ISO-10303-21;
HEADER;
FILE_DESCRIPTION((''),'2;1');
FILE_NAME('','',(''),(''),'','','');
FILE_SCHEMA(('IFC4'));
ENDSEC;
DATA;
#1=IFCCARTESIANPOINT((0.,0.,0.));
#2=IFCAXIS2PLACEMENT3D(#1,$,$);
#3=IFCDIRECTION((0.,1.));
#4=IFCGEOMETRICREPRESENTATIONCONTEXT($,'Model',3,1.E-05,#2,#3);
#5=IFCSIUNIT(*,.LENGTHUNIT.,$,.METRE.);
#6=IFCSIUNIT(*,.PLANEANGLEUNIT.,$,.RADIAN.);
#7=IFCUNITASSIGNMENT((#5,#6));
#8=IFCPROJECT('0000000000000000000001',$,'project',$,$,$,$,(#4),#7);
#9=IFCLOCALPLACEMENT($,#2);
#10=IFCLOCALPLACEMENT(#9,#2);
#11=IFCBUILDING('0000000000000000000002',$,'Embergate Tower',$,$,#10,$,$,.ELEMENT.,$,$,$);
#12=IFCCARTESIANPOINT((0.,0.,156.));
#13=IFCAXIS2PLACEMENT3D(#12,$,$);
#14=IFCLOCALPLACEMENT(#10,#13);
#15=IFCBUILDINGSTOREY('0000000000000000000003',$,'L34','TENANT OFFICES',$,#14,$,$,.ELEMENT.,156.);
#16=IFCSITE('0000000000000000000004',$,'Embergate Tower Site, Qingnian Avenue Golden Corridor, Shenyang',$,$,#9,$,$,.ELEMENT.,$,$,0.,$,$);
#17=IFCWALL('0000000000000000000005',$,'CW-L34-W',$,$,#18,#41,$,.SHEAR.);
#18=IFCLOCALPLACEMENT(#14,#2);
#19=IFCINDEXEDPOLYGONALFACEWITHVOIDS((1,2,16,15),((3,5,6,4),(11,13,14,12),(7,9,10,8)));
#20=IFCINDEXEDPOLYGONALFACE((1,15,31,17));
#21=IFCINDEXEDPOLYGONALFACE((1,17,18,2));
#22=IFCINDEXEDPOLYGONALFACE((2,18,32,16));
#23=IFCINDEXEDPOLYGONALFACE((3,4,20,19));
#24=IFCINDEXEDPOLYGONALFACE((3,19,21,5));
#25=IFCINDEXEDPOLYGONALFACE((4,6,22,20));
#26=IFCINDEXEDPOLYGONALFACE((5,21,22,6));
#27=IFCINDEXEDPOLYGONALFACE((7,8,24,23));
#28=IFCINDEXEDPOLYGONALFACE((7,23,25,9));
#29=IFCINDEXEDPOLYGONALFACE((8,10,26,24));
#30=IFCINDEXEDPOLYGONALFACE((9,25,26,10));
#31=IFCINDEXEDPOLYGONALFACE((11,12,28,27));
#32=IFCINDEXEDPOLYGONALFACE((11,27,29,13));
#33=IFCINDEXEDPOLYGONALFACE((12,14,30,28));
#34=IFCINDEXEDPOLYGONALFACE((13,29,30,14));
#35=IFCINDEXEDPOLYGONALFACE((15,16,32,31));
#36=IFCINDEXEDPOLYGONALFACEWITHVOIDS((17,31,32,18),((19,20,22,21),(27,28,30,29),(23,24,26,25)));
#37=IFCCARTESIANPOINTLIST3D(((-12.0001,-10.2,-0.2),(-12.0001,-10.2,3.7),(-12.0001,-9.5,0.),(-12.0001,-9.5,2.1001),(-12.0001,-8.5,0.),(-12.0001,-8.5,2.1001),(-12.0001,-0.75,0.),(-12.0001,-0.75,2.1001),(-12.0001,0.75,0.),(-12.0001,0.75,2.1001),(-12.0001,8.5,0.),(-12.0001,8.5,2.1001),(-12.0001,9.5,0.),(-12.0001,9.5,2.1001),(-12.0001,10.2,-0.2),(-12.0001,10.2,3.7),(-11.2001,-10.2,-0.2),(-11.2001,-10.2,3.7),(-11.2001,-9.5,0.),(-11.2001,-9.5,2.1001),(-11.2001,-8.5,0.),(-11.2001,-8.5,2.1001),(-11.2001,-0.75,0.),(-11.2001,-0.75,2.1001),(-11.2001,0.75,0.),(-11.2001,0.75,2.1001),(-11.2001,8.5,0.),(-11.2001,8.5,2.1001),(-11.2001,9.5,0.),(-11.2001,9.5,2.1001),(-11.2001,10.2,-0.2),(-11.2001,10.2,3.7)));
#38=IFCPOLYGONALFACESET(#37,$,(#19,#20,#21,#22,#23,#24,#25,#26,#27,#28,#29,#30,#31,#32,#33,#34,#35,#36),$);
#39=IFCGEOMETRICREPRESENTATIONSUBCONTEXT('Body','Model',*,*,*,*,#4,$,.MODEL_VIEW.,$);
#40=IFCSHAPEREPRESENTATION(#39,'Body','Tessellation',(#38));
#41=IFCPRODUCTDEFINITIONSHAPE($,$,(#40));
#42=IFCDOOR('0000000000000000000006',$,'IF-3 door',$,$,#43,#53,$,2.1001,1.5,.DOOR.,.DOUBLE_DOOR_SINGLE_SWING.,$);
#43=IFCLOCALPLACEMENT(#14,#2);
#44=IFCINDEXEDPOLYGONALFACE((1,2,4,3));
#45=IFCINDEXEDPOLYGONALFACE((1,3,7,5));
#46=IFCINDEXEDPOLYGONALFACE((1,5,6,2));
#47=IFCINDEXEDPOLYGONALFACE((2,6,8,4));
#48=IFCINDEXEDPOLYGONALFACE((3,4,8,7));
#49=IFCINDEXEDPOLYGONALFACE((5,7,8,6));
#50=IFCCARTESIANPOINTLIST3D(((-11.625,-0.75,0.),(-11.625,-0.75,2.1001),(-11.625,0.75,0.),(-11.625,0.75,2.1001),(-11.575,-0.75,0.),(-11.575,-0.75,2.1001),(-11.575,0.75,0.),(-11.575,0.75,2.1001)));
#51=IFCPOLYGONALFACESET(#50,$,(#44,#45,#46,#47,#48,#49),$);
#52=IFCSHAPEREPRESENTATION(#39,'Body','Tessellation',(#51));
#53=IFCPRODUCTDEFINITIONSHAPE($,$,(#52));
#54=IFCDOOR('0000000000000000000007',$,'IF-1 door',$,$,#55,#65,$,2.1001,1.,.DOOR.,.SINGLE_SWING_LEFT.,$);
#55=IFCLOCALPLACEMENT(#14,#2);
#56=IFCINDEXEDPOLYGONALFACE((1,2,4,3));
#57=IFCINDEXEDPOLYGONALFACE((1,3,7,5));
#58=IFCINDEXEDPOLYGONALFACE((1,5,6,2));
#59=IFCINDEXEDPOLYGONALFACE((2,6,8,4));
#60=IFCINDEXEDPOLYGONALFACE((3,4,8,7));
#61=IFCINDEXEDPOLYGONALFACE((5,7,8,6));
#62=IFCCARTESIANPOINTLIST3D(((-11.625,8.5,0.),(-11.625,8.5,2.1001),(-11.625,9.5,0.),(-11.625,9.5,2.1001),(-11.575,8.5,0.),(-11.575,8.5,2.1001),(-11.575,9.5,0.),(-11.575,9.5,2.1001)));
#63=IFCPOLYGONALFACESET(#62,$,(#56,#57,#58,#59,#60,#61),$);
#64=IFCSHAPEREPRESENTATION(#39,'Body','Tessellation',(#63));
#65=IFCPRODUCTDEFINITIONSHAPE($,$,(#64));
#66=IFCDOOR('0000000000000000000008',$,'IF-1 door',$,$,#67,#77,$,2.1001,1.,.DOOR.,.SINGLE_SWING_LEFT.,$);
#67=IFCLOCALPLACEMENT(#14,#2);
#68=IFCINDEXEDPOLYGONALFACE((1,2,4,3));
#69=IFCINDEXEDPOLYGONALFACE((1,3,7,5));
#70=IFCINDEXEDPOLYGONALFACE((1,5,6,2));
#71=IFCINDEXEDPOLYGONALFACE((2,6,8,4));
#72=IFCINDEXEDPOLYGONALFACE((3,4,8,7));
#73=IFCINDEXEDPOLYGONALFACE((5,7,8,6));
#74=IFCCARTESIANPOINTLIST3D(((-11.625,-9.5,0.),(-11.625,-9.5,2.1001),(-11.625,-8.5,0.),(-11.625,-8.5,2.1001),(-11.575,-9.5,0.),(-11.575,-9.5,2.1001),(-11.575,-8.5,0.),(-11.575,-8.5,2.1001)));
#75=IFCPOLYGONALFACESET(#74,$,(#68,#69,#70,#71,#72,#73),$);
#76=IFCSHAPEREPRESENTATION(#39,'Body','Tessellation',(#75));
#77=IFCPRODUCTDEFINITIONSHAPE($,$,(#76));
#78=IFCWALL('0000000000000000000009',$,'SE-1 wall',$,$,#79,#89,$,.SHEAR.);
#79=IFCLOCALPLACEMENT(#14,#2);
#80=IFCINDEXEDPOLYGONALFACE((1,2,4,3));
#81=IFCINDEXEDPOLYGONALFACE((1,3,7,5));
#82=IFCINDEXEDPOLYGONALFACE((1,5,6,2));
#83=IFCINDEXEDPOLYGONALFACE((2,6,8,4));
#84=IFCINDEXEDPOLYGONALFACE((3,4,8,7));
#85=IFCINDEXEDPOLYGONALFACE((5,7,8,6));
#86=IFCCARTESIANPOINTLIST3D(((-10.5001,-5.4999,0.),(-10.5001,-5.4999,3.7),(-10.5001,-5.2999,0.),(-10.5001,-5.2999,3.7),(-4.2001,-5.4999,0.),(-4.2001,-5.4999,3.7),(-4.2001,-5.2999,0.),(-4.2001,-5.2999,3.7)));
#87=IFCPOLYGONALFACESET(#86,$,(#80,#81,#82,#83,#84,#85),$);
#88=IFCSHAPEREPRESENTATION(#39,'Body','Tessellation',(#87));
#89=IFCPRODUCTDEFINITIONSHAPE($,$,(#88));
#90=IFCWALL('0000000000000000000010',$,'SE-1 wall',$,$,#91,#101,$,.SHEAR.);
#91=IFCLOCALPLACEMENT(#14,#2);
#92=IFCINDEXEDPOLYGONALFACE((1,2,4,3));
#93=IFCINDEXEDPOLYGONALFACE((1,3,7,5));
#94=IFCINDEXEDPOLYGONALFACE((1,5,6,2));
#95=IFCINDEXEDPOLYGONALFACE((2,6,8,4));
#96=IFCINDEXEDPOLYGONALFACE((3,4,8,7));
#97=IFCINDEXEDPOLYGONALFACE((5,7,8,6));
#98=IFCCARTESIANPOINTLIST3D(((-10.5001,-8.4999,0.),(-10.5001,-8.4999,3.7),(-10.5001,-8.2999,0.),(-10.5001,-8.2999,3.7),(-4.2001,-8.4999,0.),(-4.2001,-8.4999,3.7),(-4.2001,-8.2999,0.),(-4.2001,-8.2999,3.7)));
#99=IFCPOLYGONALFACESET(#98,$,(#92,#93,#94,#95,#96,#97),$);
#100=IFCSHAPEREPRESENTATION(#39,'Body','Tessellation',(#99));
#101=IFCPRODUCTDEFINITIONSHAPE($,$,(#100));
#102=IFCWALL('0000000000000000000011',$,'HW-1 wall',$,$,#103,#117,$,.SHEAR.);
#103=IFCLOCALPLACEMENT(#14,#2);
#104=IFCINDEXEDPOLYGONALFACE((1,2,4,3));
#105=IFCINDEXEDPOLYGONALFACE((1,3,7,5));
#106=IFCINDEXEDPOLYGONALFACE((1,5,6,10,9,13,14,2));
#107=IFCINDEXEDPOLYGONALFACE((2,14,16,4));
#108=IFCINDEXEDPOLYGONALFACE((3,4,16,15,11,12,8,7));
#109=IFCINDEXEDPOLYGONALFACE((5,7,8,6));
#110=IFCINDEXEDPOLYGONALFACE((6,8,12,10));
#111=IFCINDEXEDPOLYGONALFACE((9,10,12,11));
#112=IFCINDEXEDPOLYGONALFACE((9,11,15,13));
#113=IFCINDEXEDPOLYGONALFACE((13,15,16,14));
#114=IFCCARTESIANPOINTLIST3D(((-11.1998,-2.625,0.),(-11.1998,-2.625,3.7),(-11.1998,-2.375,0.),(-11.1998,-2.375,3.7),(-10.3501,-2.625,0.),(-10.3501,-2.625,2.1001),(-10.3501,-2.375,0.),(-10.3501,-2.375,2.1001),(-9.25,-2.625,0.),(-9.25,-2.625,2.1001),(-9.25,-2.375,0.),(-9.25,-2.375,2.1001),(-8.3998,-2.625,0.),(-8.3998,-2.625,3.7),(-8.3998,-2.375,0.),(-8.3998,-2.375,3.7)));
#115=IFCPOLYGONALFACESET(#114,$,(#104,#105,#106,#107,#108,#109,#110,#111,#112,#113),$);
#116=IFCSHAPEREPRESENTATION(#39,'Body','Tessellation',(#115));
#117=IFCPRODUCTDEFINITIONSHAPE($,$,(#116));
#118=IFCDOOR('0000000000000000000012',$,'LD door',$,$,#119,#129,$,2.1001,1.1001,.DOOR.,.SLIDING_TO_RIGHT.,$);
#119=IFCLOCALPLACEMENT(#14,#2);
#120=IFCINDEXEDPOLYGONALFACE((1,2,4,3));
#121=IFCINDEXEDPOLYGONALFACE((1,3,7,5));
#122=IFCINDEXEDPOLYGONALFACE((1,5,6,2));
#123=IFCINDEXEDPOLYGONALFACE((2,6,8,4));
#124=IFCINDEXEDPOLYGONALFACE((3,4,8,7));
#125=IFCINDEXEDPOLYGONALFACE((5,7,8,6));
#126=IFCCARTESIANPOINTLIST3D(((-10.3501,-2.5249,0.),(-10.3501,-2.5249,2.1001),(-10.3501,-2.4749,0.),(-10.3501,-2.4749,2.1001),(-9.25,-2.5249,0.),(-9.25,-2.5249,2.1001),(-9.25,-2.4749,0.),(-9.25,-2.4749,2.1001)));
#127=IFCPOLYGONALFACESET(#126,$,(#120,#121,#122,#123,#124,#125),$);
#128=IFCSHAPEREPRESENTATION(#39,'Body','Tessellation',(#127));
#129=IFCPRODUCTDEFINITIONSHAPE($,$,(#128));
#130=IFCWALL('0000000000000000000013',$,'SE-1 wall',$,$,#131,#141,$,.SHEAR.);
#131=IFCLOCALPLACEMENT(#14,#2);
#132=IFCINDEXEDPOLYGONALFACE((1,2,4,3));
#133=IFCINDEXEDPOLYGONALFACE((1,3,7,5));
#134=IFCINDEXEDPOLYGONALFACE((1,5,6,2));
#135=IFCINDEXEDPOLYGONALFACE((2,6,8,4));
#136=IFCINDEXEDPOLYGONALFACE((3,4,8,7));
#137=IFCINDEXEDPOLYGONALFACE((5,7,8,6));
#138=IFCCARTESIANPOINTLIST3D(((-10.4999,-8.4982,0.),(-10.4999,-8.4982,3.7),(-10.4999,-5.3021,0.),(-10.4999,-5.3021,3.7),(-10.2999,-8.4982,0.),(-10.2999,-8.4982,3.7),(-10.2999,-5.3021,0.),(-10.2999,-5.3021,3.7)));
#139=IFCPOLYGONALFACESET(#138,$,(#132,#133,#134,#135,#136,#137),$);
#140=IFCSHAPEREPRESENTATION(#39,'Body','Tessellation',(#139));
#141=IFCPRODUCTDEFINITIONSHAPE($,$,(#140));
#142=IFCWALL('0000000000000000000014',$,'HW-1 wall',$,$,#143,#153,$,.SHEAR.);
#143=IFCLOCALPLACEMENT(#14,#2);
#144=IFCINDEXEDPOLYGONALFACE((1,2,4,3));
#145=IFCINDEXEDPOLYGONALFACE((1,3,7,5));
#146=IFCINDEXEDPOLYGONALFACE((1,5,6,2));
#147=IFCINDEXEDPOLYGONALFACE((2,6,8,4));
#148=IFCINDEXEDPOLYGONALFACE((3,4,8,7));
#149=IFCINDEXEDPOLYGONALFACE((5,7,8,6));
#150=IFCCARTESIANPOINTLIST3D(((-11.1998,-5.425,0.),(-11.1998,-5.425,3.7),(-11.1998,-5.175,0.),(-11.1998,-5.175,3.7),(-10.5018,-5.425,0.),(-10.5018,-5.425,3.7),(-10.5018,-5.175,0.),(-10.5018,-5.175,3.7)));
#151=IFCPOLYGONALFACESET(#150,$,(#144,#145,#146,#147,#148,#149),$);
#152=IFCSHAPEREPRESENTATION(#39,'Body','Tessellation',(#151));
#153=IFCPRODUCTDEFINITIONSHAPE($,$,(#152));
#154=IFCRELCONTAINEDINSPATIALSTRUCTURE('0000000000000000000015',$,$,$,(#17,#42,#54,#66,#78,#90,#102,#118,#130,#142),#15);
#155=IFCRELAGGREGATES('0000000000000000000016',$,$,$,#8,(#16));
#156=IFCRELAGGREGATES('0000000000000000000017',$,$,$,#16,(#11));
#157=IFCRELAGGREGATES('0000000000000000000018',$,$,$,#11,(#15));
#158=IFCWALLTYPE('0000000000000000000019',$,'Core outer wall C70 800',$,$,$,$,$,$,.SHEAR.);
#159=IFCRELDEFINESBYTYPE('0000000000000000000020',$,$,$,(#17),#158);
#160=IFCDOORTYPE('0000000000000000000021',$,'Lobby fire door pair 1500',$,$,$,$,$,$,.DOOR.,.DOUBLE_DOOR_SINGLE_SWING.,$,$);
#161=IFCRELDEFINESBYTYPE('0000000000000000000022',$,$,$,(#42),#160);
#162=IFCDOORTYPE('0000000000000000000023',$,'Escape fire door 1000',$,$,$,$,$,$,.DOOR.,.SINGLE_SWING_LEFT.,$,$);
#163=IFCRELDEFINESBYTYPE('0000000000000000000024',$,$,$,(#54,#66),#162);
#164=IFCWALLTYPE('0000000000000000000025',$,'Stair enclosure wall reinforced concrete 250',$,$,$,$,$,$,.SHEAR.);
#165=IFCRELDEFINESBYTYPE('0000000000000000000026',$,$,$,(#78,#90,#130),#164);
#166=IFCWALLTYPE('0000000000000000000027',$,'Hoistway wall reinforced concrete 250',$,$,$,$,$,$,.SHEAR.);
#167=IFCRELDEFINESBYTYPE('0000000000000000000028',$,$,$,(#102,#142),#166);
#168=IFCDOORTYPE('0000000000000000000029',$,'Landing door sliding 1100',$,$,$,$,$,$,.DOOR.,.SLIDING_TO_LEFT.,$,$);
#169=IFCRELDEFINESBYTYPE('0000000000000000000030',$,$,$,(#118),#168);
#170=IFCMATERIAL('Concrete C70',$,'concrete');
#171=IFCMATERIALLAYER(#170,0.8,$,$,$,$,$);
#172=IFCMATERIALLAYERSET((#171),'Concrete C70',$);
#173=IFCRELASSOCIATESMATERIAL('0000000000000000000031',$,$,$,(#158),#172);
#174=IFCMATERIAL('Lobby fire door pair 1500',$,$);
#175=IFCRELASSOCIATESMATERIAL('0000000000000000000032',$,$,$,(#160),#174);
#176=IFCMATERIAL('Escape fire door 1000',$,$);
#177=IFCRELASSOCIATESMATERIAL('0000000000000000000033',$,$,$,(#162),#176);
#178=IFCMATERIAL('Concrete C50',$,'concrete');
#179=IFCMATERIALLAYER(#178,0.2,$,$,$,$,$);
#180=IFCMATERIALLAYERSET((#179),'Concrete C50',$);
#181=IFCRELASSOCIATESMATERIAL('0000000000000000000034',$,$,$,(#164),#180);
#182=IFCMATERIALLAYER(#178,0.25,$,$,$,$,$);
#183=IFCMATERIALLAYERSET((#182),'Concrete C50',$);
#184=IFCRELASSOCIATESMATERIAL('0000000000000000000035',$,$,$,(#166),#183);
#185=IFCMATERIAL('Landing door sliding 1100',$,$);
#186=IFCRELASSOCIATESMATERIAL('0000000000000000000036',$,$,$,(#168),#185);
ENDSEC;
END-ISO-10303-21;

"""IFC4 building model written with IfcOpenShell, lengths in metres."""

from ifc_helpers import new_model, si_unit, direction, frame, frame_2d, origin, place, context, subcontext, project, spatial, rectangle, extrude, source, transform, mapped, material, layer, layer_set, type_object, element, fill, save


model = new_model("IFC4")

# Units and contexts
model_context = context("Model", 3, precision=1e-05, world=origin(), true_north=direction((0.0, 1.0)))
body_context = subcontext(model_context, "Body", "Model", "MODEL_VIEW")
ifc_project = project(units=[si_unit("LENGTHUNIT", "METRE"), si_unit("PLANEANGLEUNIT", "RADIAN")], contexts=[model_context])

# Site, building, storey
site_placement = place(None, origin())
site = spatial("IfcSite", under=ifc_project, at=site_placement, Name="Embergate Tower Site, Qingnian Avenue Golden Corridor, Shenyang", CompositionType="ELEMENT", RefElevation=0.0)
building_placement = place(site_placement, origin())
building = spatial("IfcBuilding", under=site, at=building_placement, Name="Embergate Tower", CompositionType="ELEMENT")
storey_placement = place(building_placement, frame((0.0, 0.0, 156.0)))
storey = spatial("IfcBuildingStorey", under=building, at=storey_placement, Name="L34", Description="TENANT OFFICES", CompositionType="ELEMENT", Elevation=156.0)

# Wall, openings, doors
ifc_material_1 = material(Name="Concrete C70", Category="concrete")
ifc_layer_1 = layer(ifc_material_1, 0.8)
ifc_layer_set_1 = layer_set([ifc_layer_1], Name="Concrete C70")
wall_type_1 = type_object("IfcWallType", Name="Core outer wall C70 800", PredefinedType="SHEAR", material=ifc_layer_set_1)
shared_shape_1 = source(origin(), body_context, "Body", "SweptSolid", [
    extrude(rectangle(XDim=20.3999, YDim=0.8, at=frame_2d((10.2, 0.0))), origin(), (0.0, 0.0, 1.0), 3.8999),
])
wall_1_placement = place(storey_placement, frame((-11.6001, -10.2, -0.2), z_axis=(0.0, 0.0, 1.0), x_axis=(0.0, 1.0, 0.0)))
wall_1 = element("IfcWall", 1, at=wall_1_placement, inside=storey, type_object=wall_type_1, Name="CW-L34-W", PredefinedType="SHEAR", context=body_context, shape_type="MappedRepresentation", body=[
    mapped(shared_shape_1, transform((0.0, 0.0, 0.0))),
])
shared_shape_2 = source(origin(), body_context, "Body", "SweptSolid", [
    extrude(rectangle(XDim=1.0, YDim=2.1001, at=frame_2d((0.5, 1.05))), frame((0.0, 0.4099, 0.0), z_axis=(0.0, -1.0, 0.0), x_axis=(1.0, 0.0, 0.0)), (0.0, 0.0, 1.0), 0.8201),
])
opening_1_placement = place(wall_1_placement, frame((18.7, 0.0, 0.2)))
opening_1 = element("IfcOpeningElement", 2, at=opening_1_placement, cuts=wall_1, PredefinedType="OPENING", context=body_context, shape_type="MappedRepresentation", body=[
    mapped(shared_shape_2, transform((0.0, 0.0, 0.0))),
])
opening_2_placement = place(wall_1_placement, frame((0.7, 0.0, 0.2)))
opening_2 = element("IfcOpeningElement", 3, at=opening_2_placement, cuts=wall_1, PredefinedType="OPENING", context=body_context, shape_type="MappedRepresentation", body=[
    mapped(shared_shape_2, transform((0.0, 0.0, 0.0))),
])
shared_shape_3 = source(origin(), body_context, "Body", "SweptSolid", [
    extrude(rectangle(XDim=1.5, YDim=2.1001, at=frame_2d((0.75, 1.05))), frame((0.0, 0.4099, 0.0), z_axis=(0.0, -1.0, 0.0), x_axis=(1.0, 0.0, 0.0)), (0.0, 0.0, 1.0), 0.8201),
])
opening_3_placement = place(wall_1_placement, frame((9.45, 0.0, 0.2)))
opening_3 = element("IfcOpeningElement", 4, at=opening_3_placement, cuts=wall_1, PredefinedType="OPENING", context=body_context, shape_type="MappedRepresentation", body=[
    mapped(shared_shape_3, transform((0.0, 0.0, 0.0))),
])
ifc_material_2 = material(Name="Lobby fire door pair 1500")
door_type_1 = type_object("IfcDoorType", Name="Lobby fire door pair 1500", OperationType="DOUBLE_DOOR_SINGLE_SWING", PredefinedType="DOOR", material=ifc_material_2)
shared_shape_4 = source(origin(), body_context, "Body", "SweptSolid", [
    extrude(rectangle(XDim=1.5, YDim=2.1001, at=frame_2d((0.75, 1.05))), frame((0.0, 0.0249, 0.0), z_axis=(0.0, -1.0, 0.0), x_axis=(1.0, 0.0, 0.0)), (0.0, 0.0, 1.0), 0.05),
])
door_1_placement = place(opening_3_placement, origin())
door_1 = element("IfcDoor", 5, at=door_1_placement, inside=storey, type_object=door_type_1, Name="IF-3 door", OperationType="DOUBLE_DOOR_SINGLE_SWING", OverallHeight=2.1001, OverallWidth=1.5, PredefinedType="DOOR", context=body_context, shape_type="MappedRepresentation", body=[
    mapped(shared_shape_4, transform((0.0, 0.0, 0.0))),
])
fill(opening_3, door_1)
ifc_material_3 = material(Name="Escape fire door 1000")
door_type_2 = type_object("IfcDoorType", Name="Escape fire door 1000", OperationType="SINGLE_SWING_LEFT", PredefinedType="DOOR", material=ifc_material_3)
shared_shape_5 = source(origin(), body_context, "Body", "SweptSolid", [
    extrude(rectangle(XDim=1.0, YDim=2.1001, at=frame_2d((0.5, 1.05))), frame((0.0, 0.0249, 0.0), z_axis=(0.0, -1.0, 0.0), x_axis=(1.0, 0.0, 0.0)), (0.0, 0.0, 1.0), 0.05),
])
door_2_placement = place(opening_1_placement, origin())
door_2 = element("IfcDoor", 6, at=door_2_placement, inside=storey, type_object=door_type_2, Name="IF-1 door", OperationType="SINGLE_SWING_LEFT", OverallHeight=2.1001, OverallWidth=1.0, PredefinedType="DOOR", context=body_context, shape_type="MappedRepresentation", body=[
    mapped(shared_shape_5, transform((0.0, 0.0, 0.0))),
])
fill(opening_1, door_2)
door_3_placement = place(opening_2_placement, origin())
door_3 = element("IfcDoor", 7, at=door_3_placement, inside=storey, type_object=door_type_2, Name="IF-1 door", OperationType="SINGLE_SWING_LEFT", OverallHeight=2.1001, OverallWidth=1.0, PredefinedType="DOOR", context=body_context, shape_type="MappedRepresentation", body=[
    mapped(shared_shape_5, transform((0.0, 0.0, 0.0))),
])
fill(opening_2, door_3)

# Walls
ifc_material_4 = material(Name="Concrete C50", Category="concrete")
ifc_layer_2 = layer(ifc_material_4, 0.2)
ifc_layer_set_2 = layer_set([ifc_layer_2], Name="Concrete C50")
wall_type_2 = type_object("IfcWallType", Name="Stair enclosure wall reinforced concrete 250", PredefinedType="SHEAR", material=ifc_layer_set_2)
shared_shape_6 = source(origin(), body_context, "Body", "SweptSolid", [
    extrude(rectangle(XDim=6.3, YDim=0.2, at=frame_2d((3.1499, 0.0))), origin(), (0.0, 0.0, 1.0), 3.7),
])
for number, where, z_axis, x_axis, name in (
    (8, (-10.5, -5.3999, 0.0), (0.0, 0.0, 1.0), (1.0, 0.0, 0.0), "SE-1 wall"),
    (9, (-10.5, -8.3999, 0.0), (0.0, 0.0, 1.0), (1.0, 0.0, 0.0), "SE-1 wall"),
):
    element("IfcWall", number, at=place(storey_placement, frame(where, z_axis=z_axis, x_axis=x_axis)), inside=storey, type_object=wall_type_2, Name=name, PredefinedType="SHEAR", context=body_context, shape_type="MappedRepresentation", body=[
        mapped(shared_shape_6, transform((0.0, 0.0, 0.0))),
    ])

# Wall, opening, door
ifc_layer_3 = layer(ifc_material_4, 0.25)
ifc_layer_set_3 = layer_set([ifc_layer_3], Name="Concrete C50")
wall_type_3 = type_object("IfcWallType", Name="Hoistway wall reinforced concrete 250", PredefinedType="SHEAR", material=ifc_layer_set_3)
shared_shape_7 = source(origin(), body_context, "Body", "SweptSolid", [
    extrude(rectangle(XDim=2.8, YDim=0.25, at=frame_2d((1.3999, 0.0))), origin(), (0.0, 0.0, 1.0), 3.7),
])
wall_2_placement = place(storey_placement, frame((-8.3999, -2.5, 0.0), z_axis=(0.0, 0.0, 1.0), x_axis=(-1.0, 0.0, 0.0)))
wall_2 = element("IfcWall", 10, at=wall_2_placement, inside=storey, type_object=wall_type_3, Name="HW-1 wall", PredefinedType="SHEAR", context=body_context, shape_type="MappedRepresentation", body=[
    mapped(shared_shape_7, transform((0.0, 0.0, 0.0))),
])
shared_shape_8 = source(origin(), body_context, "Body", "SweptSolid", [
    extrude(rectangle(XDim=1.1001, YDim=2.1001, at=frame_2d((0.55, 1.05))), frame((0.0, 0.135, 0.0), z_axis=(0.0, -1.0, 0.0), x_axis=(1.0, 0.0, 0.0)), (0.0, 0.0, 1.0), 0.27),
])
opening_4_placement = place(wall_2_placement, frame((0.8501, 0.0, 0.0)))
opening_4 = element("IfcOpeningElement", 11, at=opening_4_placement, cuts=wall_2, PredefinedType="OPENING", context=body_context, shape_type="MappedRepresentation", body=[
    mapped(shared_shape_8, transform((0.0, 0.0, 0.0))),
])
ifc_material_5 = material(Name="Landing door sliding 1100")
door_type_3 = type_object("IfcDoorType", Name="Landing door sliding 1100", OperationType="SLIDING_TO_LEFT", PredefinedType="DOOR", material=ifc_material_5)
shared_shape_9 = source(origin(), body_context, "Body", "SweptSolid", [
    extrude(rectangle(XDim=1.1001, YDim=2.1001, at=frame_2d((0.55, 1.05))), frame((0.0, 0.0249, 0.0), z_axis=(0.0, -1.0, 0.0), x_axis=(1.0, 0.0, 0.0)), (0.0, 0.0, 1.0), 0.05),
])
door_4_placement = place(opening_4_placement, origin())
door_4 = element("IfcDoor", 12, at=door_4_placement, inside=storey, type_object=door_type_3, Name="LD door", OperationType="SLIDING_TO_RIGHT", OverallHeight=2.1001, OverallWidth=1.1001, PredefinedType="DOOR", context=body_context, shape_type="MappedRepresentation", body=[
    mapped(shared_shape_9, transform((0.0, 0.0, 0.0))),
])
fill(opening_4, door_4)

# Walls
shared_shape_10 = source(origin(), body_context, "Body", "SweptSolid", [
    extrude(rectangle(XDim=3.196, YDim=0.2, at=frame_2d((1.5981, 0.0))), origin(), (0.0, 0.0, 1.0), 3.7),
])
wall_3_placement = place(storey_placement, frame((-10.3999, -5.302, 0.0), z_axis=(0.0, 0.0, 1.0), x_axis=(0.0, -1.0, 0.0)))
element("IfcWall", 13, at=wall_3_placement, inside=storey, type_object=wall_type_2, Name="SE-1 wall", PredefinedType="SHEAR", context=body_context, shape_type="MappedRepresentation", body=[
    mapped(shared_shape_10, transform((0.0, 0.0, 0.0))),
])
shared_shape_11 = source(origin(), body_context, "Body", "SweptSolid", [
    extrude(rectangle(XDim=0.698, YDim=0.25, at=frame_2d((0.3491, 0.0))), origin(), (0.0, 0.0, 1.0), 3.7),
])
wall_4_placement = place(storey_placement, frame((-11.2, -5.3, 0.0), z_axis=(0.0, 0.0, 1.0), x_axis=(1.0, 0.0, 0.0)))
element("IfcWall", 14, at=wall_4_placement, inside=storey, type_object=wall_type_3, Name="HW-1 wall", PredefinedType="SHEAR", context=body_context, shape_type="MappedRepresentation", body=[
    mapped(shared_shape_11, transform((0.0, 0.0, 0.0))),
])

save(model, "model.ifc")
